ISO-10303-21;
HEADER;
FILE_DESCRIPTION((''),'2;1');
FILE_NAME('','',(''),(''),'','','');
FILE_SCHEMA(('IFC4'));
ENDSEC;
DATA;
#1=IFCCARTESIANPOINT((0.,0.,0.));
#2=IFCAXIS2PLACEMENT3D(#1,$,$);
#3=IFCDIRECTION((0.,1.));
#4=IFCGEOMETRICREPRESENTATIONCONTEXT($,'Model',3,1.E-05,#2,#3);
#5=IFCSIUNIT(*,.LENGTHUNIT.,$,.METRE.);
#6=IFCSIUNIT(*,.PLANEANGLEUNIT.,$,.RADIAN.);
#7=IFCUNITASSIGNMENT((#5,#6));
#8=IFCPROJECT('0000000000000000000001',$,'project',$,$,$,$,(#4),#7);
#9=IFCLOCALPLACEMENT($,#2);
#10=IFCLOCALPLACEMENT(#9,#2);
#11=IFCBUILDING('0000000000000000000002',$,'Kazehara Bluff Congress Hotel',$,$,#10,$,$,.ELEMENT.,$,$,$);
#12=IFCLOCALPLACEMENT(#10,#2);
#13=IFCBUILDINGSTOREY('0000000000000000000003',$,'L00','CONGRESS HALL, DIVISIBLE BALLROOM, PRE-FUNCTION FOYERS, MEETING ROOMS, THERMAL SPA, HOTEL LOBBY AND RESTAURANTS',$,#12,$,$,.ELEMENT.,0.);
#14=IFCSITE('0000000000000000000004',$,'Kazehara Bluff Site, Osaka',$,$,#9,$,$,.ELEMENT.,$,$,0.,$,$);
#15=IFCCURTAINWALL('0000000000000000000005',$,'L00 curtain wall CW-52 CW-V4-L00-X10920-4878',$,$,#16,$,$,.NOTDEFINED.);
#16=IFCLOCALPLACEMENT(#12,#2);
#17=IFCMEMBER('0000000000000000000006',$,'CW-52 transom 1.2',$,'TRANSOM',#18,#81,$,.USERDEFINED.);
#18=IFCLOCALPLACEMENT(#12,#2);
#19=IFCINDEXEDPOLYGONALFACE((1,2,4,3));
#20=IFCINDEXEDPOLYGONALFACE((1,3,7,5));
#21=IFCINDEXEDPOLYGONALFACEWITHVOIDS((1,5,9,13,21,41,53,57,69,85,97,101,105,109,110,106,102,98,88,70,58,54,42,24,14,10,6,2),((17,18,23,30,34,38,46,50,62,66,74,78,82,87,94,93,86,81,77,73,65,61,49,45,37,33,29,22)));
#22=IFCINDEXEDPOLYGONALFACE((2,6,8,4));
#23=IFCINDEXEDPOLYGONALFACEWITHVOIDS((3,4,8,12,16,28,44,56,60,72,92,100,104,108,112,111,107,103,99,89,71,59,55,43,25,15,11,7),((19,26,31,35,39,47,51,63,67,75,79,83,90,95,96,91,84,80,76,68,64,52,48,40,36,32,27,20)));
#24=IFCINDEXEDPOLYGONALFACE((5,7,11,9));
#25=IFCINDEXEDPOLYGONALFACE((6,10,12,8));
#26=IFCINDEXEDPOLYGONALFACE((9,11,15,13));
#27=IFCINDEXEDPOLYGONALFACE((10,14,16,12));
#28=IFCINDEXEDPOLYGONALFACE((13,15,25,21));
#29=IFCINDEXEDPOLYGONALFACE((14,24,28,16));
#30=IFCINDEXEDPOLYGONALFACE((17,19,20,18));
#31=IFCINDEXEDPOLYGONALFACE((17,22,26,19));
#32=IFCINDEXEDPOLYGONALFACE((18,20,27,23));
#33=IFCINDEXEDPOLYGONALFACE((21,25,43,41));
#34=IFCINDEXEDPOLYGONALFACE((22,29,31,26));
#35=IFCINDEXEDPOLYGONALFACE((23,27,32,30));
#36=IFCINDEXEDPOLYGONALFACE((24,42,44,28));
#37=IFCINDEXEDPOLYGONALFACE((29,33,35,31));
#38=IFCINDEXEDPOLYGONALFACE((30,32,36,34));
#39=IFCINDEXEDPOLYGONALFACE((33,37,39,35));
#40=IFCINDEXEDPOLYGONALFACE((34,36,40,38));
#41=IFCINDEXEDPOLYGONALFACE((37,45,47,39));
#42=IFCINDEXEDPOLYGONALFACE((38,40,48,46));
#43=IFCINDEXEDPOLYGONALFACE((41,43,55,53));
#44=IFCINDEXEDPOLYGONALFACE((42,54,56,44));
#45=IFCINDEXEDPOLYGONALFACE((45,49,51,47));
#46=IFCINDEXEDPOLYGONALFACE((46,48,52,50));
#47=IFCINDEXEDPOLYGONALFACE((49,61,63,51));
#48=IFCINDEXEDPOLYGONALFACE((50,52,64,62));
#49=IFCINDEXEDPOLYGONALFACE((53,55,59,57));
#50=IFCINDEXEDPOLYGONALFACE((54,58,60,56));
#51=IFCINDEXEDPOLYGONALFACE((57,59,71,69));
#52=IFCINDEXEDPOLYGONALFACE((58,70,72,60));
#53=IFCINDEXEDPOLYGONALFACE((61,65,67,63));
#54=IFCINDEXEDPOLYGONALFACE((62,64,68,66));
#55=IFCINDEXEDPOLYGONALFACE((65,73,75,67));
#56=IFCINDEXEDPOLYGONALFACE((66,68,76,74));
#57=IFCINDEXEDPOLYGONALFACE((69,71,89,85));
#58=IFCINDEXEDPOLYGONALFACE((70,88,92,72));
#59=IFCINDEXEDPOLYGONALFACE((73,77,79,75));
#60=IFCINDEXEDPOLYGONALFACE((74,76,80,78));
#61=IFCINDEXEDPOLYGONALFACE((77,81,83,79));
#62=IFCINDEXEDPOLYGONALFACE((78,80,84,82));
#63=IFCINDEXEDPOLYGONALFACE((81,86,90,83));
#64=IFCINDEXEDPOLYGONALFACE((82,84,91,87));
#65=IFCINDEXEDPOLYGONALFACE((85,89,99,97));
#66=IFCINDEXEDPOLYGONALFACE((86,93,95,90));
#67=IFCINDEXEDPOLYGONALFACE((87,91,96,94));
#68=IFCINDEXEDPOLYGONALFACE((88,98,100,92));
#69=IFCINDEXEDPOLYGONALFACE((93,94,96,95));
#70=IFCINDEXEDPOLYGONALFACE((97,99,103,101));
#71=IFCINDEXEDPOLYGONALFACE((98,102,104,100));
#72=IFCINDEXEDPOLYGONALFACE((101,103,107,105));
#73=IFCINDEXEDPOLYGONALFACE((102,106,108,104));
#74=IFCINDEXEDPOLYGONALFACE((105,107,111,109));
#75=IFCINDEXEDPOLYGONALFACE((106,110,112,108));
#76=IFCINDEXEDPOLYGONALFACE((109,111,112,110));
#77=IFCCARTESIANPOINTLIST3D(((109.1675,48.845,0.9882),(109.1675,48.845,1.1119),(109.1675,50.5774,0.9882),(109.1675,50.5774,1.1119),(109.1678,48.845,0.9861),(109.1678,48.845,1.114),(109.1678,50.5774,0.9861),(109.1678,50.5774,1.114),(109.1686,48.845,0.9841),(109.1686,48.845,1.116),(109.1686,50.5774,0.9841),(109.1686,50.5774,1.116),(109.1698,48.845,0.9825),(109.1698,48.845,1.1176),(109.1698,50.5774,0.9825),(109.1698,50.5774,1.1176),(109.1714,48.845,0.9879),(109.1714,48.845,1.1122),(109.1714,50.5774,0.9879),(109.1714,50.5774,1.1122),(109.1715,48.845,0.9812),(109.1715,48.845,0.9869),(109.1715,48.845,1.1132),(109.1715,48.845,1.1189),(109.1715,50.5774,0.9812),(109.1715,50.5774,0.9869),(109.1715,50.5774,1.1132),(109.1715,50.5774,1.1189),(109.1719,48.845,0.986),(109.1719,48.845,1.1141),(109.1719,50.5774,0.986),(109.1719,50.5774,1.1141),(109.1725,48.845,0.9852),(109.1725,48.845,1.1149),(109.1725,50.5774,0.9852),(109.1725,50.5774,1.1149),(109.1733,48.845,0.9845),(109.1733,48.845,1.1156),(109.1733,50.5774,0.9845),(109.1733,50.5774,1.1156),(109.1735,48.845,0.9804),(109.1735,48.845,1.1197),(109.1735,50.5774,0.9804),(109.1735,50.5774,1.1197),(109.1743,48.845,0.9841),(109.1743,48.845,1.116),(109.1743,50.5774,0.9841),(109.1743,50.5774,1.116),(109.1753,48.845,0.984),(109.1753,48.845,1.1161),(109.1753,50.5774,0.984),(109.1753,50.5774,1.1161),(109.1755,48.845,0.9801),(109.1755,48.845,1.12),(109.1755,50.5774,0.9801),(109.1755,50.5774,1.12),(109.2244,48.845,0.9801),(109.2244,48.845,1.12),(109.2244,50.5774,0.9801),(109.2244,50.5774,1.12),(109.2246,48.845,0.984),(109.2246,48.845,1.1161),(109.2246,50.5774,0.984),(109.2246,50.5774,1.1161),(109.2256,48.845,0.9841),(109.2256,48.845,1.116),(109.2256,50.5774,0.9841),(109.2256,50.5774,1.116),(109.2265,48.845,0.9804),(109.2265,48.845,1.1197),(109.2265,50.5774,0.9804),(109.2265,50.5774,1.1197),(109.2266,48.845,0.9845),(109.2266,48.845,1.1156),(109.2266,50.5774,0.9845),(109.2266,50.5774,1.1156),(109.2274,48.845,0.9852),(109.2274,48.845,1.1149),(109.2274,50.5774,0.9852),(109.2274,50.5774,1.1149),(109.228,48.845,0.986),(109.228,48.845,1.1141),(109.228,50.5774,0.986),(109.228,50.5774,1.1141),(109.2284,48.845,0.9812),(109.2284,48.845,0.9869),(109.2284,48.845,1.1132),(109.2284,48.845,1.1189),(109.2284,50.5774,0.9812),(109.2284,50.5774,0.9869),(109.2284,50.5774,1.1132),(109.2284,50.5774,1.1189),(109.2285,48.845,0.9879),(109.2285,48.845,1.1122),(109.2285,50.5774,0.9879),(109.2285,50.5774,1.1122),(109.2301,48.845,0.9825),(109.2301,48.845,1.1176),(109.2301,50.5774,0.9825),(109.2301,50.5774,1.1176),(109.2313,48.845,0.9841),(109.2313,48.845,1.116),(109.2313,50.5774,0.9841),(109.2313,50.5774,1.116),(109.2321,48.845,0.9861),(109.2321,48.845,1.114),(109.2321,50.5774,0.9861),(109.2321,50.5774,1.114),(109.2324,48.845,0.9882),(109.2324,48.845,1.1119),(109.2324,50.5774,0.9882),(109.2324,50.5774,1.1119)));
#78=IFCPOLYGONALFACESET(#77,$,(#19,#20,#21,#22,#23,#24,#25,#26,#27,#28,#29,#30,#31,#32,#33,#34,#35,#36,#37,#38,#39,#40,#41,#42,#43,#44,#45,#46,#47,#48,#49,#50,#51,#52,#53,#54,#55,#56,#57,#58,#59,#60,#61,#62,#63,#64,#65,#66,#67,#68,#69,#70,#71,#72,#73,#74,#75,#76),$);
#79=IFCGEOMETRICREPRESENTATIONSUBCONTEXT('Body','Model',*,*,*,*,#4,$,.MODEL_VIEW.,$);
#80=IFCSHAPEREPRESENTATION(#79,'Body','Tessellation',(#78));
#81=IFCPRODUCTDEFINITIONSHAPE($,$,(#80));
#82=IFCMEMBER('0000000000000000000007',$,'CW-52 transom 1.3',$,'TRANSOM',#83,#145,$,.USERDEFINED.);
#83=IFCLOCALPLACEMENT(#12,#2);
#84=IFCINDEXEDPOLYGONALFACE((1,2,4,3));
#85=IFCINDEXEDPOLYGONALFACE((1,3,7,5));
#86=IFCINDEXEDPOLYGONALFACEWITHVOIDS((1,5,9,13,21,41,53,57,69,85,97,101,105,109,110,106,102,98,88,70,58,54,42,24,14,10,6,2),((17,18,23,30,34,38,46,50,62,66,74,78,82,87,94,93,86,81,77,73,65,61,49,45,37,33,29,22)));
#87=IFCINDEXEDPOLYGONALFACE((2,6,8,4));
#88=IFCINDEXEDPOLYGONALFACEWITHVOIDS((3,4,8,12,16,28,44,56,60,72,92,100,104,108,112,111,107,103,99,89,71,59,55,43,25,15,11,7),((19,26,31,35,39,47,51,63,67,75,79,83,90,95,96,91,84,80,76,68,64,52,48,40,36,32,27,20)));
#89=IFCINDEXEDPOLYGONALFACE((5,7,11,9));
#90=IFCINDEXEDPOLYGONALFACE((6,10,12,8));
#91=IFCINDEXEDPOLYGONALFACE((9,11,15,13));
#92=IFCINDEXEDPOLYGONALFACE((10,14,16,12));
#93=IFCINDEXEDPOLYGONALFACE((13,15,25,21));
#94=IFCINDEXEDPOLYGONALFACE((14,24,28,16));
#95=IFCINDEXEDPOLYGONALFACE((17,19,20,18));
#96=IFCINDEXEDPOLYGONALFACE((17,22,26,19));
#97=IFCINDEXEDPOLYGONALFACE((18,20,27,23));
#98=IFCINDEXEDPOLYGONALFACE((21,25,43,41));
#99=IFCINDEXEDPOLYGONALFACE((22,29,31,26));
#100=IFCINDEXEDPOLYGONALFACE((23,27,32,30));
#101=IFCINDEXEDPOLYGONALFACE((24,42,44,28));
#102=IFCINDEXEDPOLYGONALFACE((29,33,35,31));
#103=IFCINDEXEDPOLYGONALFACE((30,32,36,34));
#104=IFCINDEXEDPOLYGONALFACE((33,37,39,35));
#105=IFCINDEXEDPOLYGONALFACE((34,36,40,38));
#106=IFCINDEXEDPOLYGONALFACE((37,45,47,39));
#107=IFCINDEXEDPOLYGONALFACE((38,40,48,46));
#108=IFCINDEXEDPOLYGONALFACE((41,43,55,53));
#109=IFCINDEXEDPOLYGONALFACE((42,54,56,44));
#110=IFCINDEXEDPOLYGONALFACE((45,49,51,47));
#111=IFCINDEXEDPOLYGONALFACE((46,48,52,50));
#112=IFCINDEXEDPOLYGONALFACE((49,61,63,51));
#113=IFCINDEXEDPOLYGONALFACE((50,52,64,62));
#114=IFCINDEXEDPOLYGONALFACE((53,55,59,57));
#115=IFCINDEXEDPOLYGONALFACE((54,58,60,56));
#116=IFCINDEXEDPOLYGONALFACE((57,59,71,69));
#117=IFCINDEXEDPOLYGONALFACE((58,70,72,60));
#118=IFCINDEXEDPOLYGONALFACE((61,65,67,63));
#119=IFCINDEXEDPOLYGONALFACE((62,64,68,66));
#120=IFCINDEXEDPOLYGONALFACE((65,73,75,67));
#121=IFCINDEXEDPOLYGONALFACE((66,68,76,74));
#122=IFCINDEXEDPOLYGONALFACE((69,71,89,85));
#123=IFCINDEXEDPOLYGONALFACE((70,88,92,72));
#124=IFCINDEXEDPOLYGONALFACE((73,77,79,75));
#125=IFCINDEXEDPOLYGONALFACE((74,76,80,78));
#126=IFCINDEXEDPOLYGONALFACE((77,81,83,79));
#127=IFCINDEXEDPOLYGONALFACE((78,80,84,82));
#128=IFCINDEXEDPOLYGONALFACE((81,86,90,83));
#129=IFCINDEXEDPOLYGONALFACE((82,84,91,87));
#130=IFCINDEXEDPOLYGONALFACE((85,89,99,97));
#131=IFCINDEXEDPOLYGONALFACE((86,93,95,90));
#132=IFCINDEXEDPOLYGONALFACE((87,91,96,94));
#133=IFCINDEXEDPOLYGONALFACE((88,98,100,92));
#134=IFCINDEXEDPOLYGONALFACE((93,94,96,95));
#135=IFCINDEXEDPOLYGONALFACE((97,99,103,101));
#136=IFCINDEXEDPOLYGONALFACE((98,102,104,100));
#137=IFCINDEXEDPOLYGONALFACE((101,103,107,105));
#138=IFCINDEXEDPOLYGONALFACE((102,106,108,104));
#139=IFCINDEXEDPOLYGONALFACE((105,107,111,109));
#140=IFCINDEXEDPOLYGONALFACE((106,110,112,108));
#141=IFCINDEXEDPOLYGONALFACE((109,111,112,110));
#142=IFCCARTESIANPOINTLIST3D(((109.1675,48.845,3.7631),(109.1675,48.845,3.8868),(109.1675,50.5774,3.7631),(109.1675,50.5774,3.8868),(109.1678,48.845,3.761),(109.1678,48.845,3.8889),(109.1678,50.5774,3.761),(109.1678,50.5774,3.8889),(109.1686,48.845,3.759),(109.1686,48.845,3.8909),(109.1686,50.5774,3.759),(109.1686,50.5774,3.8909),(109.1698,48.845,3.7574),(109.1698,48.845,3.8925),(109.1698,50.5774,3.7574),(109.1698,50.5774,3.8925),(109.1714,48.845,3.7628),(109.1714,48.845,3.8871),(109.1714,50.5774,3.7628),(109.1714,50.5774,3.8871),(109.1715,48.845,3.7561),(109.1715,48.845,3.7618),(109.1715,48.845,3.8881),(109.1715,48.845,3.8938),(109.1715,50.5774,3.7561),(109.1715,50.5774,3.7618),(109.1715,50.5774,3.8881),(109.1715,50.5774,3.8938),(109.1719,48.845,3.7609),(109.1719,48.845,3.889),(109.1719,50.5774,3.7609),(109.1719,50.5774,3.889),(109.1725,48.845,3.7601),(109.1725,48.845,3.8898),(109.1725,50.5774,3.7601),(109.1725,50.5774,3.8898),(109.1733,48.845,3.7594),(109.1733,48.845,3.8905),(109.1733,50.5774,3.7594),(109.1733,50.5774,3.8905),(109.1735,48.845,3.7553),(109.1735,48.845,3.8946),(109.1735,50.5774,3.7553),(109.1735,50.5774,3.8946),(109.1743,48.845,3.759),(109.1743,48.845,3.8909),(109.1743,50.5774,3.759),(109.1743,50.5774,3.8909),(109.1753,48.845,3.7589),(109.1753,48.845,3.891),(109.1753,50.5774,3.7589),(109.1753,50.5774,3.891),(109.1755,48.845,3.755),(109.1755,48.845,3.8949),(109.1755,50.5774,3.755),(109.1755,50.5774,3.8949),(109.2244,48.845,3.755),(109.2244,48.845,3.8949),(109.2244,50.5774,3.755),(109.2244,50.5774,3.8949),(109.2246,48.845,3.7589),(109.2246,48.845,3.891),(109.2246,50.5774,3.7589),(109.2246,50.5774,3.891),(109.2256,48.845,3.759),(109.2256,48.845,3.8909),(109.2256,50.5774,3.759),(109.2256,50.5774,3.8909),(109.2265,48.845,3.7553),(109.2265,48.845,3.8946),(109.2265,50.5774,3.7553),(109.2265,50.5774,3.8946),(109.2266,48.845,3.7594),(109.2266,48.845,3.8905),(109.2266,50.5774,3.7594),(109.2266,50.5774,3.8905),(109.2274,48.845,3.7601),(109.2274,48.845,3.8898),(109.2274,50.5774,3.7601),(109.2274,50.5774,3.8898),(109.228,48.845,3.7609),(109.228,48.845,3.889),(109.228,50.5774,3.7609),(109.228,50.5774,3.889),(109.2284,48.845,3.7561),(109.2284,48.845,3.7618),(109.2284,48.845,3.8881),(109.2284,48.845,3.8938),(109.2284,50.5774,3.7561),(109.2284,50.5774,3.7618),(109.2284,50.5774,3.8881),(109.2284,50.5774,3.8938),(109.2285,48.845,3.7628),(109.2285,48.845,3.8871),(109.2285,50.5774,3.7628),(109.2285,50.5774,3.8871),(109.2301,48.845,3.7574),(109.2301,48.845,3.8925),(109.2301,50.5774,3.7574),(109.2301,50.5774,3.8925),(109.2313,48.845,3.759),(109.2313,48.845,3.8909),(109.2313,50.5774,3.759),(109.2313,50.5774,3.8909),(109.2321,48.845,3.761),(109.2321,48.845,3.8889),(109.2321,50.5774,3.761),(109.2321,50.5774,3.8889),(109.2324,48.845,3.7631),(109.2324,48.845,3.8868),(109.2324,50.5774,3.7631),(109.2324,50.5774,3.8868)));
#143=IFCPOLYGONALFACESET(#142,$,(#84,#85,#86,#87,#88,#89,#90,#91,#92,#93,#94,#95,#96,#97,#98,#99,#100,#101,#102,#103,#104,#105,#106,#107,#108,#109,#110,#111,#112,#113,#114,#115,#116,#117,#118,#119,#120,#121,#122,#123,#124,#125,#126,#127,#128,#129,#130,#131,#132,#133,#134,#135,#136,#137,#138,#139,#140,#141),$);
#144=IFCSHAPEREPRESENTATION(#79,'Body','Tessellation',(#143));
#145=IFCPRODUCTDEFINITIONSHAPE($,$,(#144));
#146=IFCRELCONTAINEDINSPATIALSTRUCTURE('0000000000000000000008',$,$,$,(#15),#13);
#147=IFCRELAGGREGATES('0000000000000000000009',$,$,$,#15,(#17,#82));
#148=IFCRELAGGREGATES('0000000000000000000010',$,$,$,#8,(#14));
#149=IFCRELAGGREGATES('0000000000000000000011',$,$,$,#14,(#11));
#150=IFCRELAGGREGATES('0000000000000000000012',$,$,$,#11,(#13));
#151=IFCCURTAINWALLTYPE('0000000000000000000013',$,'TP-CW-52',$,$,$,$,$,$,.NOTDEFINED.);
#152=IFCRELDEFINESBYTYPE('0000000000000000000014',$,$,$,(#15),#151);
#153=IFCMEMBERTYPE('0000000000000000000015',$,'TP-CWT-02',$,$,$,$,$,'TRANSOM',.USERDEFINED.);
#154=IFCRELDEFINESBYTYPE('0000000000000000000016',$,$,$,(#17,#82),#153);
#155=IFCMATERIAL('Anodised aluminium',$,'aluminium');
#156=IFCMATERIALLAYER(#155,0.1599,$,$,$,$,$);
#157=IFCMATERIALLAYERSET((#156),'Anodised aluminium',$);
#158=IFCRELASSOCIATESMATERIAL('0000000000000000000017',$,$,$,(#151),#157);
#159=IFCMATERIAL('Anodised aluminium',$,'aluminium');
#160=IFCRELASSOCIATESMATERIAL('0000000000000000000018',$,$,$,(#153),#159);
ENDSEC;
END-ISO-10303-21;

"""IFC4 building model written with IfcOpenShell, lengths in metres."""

from ifc_helpers import new_model, si_unit, direction, frame, origin, origin_2d, place, context, subcontext, project, spatial, hollow_rectangle, extrude, material, layer, layer_set, material_profile, profile_set, type_object, element, aggregate, save


model = new_model("IFC4")

# Units and contexts
model_context = context("Model", 3, precision=1e-05, world=origin(), true_north=direction((0.0, 1.0)))
body_context = subcontext(model_context, "Body", "Model", "MODEL_VIEW")
ifc_project = project(units=[si_unit("LENGTHUNIT", "METRE"), si_unit("PLANEANGLEUNIT", "RADIAN")], contexts=[model_context])

# Site, building, storey
site_placement = place(None, origin())
site = spatial("IfcSite", under=ifc_project, at=site_placement, Name="Kazehara Bluff Site, Osaka", CompositionType="ELEMENT", RefElevation=0.0)
building_placement = place(site_placement, origin())
building = spatial("IfcBuilding", under=site, at=building_placement, Name="Kazehara Bluff Congress Hotel", CompositionType="ELEMENT")
storey_placement = place(building_placement, origin())
storey = spatial("IfcBuildingStorey", under=building, at=storey_placement, Name="L00", Description="CONGRESS HALL, DIVISIBLE BALLROOM, PRE-FUNCTION FOYERS, MEETING ROOMS, THERMAL SPA, HOTEL LOBBY AND RESTAURANTS", CompositionType="ELEMENT", Elevation=0.0)

# Curtain wall
ifc_material_1 = material(Name="Anodised aluminium", Category="aluminium")
ifc_layer_1 = layer(ifc_material_1, 0.1599)
ifc_layer_set_1 = layer_set([ifc_layer_1], Name="Anodised aluminium")
curtain_wall_type_1 = type_object("IfcCurtainWallType", Name="TP-CW-52", PredefinedType="NOTDEFINED", material=ifc_layer_set_1)
curtain_wall_1_placement = place(storey_placement, origin())
curtain_wall_1 = element("IfcCurtainWall", 1, at=curtain_wall_1_placement, inside=storey, type_object=curtain_wall_type_1, Name="L00 curtain wall CW-52 CW-V4-L00-X10920-4878", PredefinedType="NOTDEFINED")

# Members
ifc_material_2 = material(Name="Anodised aluminium", Category="aluminium")
ifc_material_profile_1 = material_profile(ifc_material_2, hollow_rectangle(XDim=0.0649, YDim=0.1399, WallThickness=0.0039, InnerFilletRadius=0.0039, OuterFilletRadius=0.0081, at=origin_2d()))
ifc_profile_set_1 = profile_set([ifc_material_profile_1], Name="Anodised aluminium")
member_type_1 = type_object("IfcMemberType", Name="TP-CWT-02", ElementType="TRANSOM", PredefinedType="USERDEFINED", material=ifc_profile_set_1)
member_1_placement = place(storey_placement, frame((109.2, 48.845, 1.05), z_axis=(0.0, 1.0, 0.0), x_axis=(-1.0, 0.0, 0.0)))
member_1 = element("IfcMember", 2, at=member_1_placement, type_object=member_type_1, Name="CW-52 transom 1.2", ObjectType="TRANSOM", PredefinedType="USERDEFINED", context=body_context, shape_type="SweptSolid", body=[
    extrude(hollow_rectangle(XDim=0.0649, YDim=0.1399, WallThickness=0.0039, InnerFilletRadius=0.0039, OuterFilletRadius=0.0081, at=origin_2d()), origin(), (0.0, 0.0, 1.0), 1.7324),
])
member_2_placement = place(storey_placement, frame((109.2, 48.845, 3.825), z_axis=(0.0, 1.0, 0.0), x_axis=(-1.0, 0.0, 0.0)))
member_2 = element("IfcMember", 3, at=member_2_placement, type_object=member_type_1, Name="CW-52 transom 1.3", ObjectType="TRANSOM", PredefinedType="USERDEFINED", context=body_context, shape_type="SweptSolid", body=[
    extrude(hollow_rectangle(XDim=0.0649, YDim=0.1399, WallThickness=0.0039, InnerFilletRadius=0.0039, OuterFilletRadius=0.0081, at=origin_2d()), origin(), (0.0, 0.0, 1.0), 1.7324),
])

aggregate(curtain_wall_1, [member_1, member_2])

save(model, "model.ifc")
